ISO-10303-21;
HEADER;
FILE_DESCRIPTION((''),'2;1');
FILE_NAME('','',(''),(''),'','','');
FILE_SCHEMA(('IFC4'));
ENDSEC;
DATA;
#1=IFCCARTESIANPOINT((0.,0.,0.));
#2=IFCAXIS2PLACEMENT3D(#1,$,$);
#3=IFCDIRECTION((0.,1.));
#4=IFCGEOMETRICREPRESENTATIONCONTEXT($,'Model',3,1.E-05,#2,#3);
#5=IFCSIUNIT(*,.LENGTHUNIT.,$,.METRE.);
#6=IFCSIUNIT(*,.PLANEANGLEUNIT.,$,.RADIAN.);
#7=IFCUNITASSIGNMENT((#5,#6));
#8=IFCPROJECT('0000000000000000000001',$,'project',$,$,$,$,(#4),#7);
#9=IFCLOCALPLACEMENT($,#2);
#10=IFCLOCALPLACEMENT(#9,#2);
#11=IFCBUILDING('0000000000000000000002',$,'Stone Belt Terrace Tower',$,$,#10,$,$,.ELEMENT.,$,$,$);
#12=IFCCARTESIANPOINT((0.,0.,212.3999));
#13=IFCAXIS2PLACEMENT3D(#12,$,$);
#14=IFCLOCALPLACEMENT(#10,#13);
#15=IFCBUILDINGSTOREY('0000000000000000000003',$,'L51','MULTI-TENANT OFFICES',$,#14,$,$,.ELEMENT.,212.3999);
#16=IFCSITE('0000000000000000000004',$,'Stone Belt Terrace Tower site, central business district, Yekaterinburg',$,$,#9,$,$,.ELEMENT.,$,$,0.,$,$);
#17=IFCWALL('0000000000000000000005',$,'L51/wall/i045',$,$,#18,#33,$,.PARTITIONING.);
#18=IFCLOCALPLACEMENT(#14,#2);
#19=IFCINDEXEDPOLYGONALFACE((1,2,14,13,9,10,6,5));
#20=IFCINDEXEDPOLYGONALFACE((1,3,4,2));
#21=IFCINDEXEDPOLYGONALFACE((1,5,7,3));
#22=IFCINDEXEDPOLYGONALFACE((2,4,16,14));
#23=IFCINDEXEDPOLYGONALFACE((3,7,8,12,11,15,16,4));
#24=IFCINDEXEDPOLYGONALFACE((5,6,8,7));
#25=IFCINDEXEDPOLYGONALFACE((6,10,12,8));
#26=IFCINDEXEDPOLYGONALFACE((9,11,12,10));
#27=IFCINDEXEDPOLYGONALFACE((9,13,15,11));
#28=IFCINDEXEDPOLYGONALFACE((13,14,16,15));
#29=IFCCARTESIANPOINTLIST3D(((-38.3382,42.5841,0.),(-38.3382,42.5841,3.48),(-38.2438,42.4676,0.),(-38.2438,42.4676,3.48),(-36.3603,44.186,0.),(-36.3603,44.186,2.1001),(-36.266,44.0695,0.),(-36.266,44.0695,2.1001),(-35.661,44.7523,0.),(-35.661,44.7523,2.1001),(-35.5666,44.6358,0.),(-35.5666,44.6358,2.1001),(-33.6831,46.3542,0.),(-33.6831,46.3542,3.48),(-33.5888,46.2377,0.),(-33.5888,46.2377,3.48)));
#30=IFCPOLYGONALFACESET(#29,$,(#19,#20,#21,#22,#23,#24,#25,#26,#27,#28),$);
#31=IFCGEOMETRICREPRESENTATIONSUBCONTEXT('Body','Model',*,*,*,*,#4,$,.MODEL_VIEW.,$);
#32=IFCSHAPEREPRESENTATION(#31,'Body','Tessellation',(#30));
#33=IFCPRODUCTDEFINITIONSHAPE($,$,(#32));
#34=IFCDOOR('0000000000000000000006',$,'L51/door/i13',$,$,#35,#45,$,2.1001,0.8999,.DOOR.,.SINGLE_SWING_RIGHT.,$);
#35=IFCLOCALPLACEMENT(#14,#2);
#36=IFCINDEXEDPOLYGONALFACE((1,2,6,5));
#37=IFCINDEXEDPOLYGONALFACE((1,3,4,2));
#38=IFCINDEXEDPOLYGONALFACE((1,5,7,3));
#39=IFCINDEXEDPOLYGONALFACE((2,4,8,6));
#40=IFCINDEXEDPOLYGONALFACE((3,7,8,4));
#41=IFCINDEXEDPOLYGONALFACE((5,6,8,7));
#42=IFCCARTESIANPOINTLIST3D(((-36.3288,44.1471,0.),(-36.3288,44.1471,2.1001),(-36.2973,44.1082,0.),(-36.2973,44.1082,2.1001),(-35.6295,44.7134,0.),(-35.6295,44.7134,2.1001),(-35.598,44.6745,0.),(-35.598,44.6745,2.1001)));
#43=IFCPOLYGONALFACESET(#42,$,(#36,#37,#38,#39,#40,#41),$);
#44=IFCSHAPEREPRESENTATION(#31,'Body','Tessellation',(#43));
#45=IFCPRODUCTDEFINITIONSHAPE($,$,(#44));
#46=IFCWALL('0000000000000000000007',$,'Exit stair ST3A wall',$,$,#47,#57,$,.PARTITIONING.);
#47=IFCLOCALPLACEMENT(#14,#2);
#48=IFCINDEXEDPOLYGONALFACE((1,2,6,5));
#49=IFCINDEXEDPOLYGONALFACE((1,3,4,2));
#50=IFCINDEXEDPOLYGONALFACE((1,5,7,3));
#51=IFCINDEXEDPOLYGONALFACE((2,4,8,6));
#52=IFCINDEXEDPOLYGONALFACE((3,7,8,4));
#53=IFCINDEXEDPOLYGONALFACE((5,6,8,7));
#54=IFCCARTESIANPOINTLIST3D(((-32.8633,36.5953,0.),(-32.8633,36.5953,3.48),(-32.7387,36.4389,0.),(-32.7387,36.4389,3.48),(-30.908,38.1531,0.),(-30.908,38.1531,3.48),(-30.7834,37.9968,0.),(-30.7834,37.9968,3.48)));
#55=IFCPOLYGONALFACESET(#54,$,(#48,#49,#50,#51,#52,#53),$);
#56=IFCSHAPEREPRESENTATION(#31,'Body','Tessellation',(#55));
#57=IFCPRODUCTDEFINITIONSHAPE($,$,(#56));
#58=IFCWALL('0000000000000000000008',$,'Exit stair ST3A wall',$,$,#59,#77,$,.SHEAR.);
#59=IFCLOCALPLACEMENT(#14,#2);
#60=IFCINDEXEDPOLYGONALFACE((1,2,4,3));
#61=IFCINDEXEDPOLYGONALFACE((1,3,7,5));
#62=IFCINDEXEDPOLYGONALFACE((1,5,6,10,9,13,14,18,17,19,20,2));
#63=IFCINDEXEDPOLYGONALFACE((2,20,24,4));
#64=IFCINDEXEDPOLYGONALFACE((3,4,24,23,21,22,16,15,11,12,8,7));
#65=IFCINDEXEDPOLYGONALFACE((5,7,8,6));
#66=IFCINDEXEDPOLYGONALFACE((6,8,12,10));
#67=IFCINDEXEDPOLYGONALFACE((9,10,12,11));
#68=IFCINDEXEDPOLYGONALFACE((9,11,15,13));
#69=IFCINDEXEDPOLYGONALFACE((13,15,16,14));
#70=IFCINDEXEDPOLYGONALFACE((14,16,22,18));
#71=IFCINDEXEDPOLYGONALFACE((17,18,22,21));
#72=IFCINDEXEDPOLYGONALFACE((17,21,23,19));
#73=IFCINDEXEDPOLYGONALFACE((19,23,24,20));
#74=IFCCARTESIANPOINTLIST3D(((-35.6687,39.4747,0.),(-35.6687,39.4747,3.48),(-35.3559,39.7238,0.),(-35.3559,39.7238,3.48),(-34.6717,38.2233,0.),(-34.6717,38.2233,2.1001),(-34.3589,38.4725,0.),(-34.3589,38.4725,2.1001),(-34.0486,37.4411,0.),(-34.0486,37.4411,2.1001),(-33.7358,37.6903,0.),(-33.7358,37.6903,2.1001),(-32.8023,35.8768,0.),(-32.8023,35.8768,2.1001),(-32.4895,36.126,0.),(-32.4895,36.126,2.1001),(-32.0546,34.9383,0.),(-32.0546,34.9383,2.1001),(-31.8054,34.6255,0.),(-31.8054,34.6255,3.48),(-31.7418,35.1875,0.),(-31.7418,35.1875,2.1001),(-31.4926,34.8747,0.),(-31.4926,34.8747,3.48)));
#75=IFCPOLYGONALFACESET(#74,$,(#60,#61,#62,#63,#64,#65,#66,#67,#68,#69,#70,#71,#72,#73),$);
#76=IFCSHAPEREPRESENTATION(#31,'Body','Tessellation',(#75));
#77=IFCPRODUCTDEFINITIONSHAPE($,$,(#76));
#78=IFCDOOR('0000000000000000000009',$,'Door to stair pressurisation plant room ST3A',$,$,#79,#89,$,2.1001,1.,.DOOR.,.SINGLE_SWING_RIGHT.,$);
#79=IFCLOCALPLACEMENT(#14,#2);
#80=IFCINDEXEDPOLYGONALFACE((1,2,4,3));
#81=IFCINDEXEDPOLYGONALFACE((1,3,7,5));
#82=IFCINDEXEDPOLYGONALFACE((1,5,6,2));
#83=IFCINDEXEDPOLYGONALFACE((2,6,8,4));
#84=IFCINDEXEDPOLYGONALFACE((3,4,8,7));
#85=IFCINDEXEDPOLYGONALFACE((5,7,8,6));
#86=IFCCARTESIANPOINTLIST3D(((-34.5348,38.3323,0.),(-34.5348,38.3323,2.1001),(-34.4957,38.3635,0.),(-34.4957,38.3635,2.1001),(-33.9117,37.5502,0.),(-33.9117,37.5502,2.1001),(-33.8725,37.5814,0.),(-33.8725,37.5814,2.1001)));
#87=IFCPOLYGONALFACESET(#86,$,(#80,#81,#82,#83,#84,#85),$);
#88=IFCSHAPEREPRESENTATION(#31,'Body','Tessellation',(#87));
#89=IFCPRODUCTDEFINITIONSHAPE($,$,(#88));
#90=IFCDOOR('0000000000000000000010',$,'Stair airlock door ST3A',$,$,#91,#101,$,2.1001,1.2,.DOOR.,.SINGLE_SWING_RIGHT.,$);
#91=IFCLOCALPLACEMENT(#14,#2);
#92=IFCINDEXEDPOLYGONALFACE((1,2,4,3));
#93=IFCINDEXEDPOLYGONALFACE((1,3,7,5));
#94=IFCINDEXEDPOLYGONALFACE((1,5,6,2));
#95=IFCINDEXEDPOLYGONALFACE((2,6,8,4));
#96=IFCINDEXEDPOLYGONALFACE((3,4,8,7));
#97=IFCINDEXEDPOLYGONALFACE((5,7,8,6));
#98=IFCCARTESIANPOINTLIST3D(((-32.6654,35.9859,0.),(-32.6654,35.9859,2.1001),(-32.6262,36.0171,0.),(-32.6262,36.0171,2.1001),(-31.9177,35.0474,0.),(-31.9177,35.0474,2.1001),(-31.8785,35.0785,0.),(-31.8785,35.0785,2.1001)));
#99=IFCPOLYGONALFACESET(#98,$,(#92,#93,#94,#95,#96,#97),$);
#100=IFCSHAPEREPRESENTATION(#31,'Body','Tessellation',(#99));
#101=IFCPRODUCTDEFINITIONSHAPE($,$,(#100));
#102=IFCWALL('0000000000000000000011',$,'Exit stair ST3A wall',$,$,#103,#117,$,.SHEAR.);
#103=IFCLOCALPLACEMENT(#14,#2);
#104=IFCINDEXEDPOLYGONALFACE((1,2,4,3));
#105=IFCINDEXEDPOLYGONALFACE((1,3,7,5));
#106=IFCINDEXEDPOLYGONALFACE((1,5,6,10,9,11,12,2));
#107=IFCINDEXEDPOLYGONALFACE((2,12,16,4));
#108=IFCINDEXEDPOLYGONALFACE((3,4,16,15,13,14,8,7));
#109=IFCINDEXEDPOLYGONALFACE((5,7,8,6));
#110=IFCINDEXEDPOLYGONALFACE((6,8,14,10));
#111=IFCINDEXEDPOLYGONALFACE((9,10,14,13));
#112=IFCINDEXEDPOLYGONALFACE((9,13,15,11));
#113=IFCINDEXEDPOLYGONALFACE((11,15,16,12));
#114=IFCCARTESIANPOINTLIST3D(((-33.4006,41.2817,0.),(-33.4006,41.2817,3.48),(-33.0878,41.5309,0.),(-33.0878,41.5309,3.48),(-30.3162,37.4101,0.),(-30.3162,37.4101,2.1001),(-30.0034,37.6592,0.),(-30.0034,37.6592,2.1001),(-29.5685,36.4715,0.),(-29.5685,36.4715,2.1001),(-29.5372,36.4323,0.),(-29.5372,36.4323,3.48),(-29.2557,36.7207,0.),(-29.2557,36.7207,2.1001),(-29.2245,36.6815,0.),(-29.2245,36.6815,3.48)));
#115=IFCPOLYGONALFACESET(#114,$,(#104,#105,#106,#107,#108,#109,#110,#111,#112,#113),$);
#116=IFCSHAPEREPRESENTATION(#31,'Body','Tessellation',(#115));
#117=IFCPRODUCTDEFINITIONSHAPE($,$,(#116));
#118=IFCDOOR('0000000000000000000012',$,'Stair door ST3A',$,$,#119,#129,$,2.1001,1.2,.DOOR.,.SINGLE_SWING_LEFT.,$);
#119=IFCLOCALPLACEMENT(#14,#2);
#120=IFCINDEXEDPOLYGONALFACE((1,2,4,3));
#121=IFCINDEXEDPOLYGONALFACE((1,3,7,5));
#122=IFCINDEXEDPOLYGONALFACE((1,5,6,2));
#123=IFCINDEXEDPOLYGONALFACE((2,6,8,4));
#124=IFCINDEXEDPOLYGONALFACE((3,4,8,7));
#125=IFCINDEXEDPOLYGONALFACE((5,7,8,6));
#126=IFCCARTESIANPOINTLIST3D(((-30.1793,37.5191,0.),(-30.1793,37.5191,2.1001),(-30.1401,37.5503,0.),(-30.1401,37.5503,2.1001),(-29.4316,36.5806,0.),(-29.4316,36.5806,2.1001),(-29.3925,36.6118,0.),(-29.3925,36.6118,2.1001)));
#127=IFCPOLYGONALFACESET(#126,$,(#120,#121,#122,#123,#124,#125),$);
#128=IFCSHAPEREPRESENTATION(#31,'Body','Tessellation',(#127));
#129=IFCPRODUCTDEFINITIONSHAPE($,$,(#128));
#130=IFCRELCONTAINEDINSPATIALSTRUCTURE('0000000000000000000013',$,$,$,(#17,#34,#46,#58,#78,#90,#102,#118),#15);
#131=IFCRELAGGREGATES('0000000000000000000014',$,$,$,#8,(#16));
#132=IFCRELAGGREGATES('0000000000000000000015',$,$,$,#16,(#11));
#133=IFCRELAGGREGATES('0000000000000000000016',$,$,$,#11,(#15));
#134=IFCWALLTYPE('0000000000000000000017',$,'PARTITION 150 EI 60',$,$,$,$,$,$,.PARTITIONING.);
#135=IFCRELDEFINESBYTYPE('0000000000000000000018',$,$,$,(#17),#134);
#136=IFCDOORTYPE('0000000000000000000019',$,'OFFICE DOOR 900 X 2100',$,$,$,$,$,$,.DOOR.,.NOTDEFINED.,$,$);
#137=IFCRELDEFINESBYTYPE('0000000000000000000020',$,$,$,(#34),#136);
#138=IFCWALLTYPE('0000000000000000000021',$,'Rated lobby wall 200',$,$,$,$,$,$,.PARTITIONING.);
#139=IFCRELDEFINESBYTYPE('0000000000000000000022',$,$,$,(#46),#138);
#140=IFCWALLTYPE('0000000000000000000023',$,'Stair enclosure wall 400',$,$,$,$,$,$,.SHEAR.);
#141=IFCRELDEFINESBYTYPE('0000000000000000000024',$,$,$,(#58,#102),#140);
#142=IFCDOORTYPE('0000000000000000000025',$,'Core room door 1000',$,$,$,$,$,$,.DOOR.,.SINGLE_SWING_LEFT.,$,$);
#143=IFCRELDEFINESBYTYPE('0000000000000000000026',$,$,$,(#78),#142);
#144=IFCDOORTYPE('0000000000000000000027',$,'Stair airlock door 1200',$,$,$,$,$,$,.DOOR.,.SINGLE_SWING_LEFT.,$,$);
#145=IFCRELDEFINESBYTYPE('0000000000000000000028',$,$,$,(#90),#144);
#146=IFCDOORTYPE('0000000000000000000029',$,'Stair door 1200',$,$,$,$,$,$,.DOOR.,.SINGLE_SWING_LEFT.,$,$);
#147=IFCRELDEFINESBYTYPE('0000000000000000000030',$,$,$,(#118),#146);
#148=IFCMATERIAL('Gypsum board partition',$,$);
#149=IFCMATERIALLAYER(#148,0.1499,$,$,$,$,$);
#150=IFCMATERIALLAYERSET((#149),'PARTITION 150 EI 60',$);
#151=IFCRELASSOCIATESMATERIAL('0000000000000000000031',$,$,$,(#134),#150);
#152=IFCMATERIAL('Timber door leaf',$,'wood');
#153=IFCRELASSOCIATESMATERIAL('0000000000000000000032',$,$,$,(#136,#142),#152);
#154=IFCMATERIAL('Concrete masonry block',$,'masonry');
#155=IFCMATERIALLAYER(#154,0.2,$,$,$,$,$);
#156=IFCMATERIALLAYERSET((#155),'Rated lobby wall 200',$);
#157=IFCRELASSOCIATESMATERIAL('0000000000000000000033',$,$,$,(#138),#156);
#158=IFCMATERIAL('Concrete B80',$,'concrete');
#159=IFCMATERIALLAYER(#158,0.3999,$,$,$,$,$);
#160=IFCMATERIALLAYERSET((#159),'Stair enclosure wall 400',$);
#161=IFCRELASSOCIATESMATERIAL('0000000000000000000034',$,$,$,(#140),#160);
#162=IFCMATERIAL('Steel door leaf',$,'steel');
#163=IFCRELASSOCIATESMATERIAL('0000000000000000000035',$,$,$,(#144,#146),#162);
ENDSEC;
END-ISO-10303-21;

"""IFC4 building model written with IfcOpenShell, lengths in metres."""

from ifc_helpers import new_model, si_unit, direction, frame, frame_2d, origin, place, context, subcontext, project, spatial, rectangle, extrude, material, layer, layer_set, type_object, element, fill, save


model = new_model("IFC4")

# Units and contexts
model_context = context("Model", 3, precision=1e-05, world=origin(), true_north=direction((0.0, 1.0)))
body_context = subcontext(model_context, "Body", "Model", "MODEL_VIEW")
ifc_project = project(units=[si_unit("LENGTHUNIT", "METRE"), si_unit("PLANEANGLEUNIT", "RADIAN")], contexts=[model_context])

# Site, building, storey
site_placement = place(None, origin())
site = spatial("IfcSite", under=ifc_project, at=site_placement, Name="Stone Belt Terrace Tower site, central business district, Yekaterinburg", CompositionType="ELEMENT", RefElevation=0.0)
building_placement = place(site_placement, origin())
building = spatial("IfcBuilding", under=site, at=building_placement, Name="Stone Belt Terrace Tower", CompositionType="ELEMENT")
storey_placement = place(building_placement, frame((0.0, 0.0, 212.3999)))
storey = spatial("IfcBuildingStorey", under=building, at=storey_placement, Name="L51", Description="MULTI-TENANT OFFICES", CompositionType="ELEMENT", Elevation=212.3999)

# Shared definitions
ifc_material_1 = material(Name="Concrete B80", Category="concrete")

# Shared definitions
ifc_material_2 = material(Name="Gypsum board partition")
ifc_layer_1 = layer(ifc_material_2, 0.1499)
ifc_layer_set_1 = layer_set([ifc_layer_1], Name="PARTITION 150 EI 60")
wall_type_1 = type_object("IfcWallType", Name="PARTITION 150 EI 60", PredefinedType="PARTITIONING", material=ifc_layer_set_1)

# Wall, opening, door
wall_1_placement = place(storey_placement, frame((-38.291, 42.5259, 0.0), z_axis=(0.0, 0.0, 1.0), x_axis=(0.777109, 0.629366, 0.0)))
wall_1 = element("IfcWall", 1, at=wall_1_placement, inside=storey, type_object=wall_type_1, Name="L51/wall/i045", PredefinedType="PARTITIONING", context=body_context, shape_type="SweptSolid", body=[
    extrude(rectangle(XDim=5.9902, YDim=0.1499, at=frame_2d((2.9951, 0.0))), origin(), (0.0, 0.0, 1.0), 3.48),
])
opening_1_placement = place(wall_1_placement, frame((2.5452, 0.0, 0.0)))
opening_1 = element("IfcOpeningElement", 2, at=opening_1_placement, cuts=wall_1, PredefinedType="OPENING", context=body_context, shape_type="SweptSolid", body=[
    extrude(rectangle(XDim=0.8999, YDim=2.1001, at=frame_2d((0.45, 1.05))), frame((0.0, 0.085, 0.0), z_axis=(0.0, -1.0, 0.0), x_axis=(1.0, 0.0, 0.0)), (0.0, 0.0, 1.0), 0.1699),
])
ifc_material_3 = material(Name="Timber door leaf", Category="wood")
door_type_1 = type_object("IfcDoorType", Name="OFFICE DOOR 900 X 2100", OperationType="NOTDEFINED", PredefinedType="DOOR", material=ifc_material_3)
door_1_placement = place(opening_1_placement, origin())
door_1 = element("IfcDoor", 3, at=door_1_placement, inside=storey, type_object=door_type_1, Name="L51/door/i13", OperationType="SINGLE_SWING_RIGHT", OverallHeight=2.1001, OverallWidth=0.8999, PredefinedType="DOOR", context=body_context, shape_type="SweptSolid", body=[
    extrude(rectangle(XDim=0.8999, YDim=2.1001, at=frame_2d((0.45, 1.05))), frame((0.0, 0.0249, 0.0), z_axis=(0.0, -1.0, 0.0), x_axis=(1.0, 0.0, 0.0)), (0.0, 0.0, 1.0), 0.05),
])
fill(opening_1, door_1)

# Wall
ifc_material_4 = material(Name="Concrete masonry block", Category="masonry")
ifc_layer_2 = layer(ifc_material_4, 0.2)
ifc_layer_set_2 = layer_set([ifc_layer_2], Name="Rated lobby wall 200")
wall_type_2 = type_object("IfcWallType", Name="Rated lobby wall 200", PredefinedType="PARTITIONING", material=ifc_layer_set_2)
wall_2_placement = place(storey_placement, frame((-30.8457, 38.075, 0.0), z_axis=(0.0, 0.0, 1.0), x_axis=(-0.782115, -0.623134, 0.0)))
element("IfcWall", 4, at=wall_2_placement, inside=storey, type_object=wall_type_2, Name="Exit stair ST3A wall", PredefinedType="PARTITIONING", context=body_context, shape_type="SweptSolid", body=[
    extrude(rectangle(XDim=2.5, YDim=0.2, at=frame_2d((1.25, 0.0))), origin(), (0.0, 0.0, 1.0), 3.48),
])

# Wall, openings, doors
ifc_layer_3 = layer(ifc_material_1, 0.3999)
ifc_layer_set_3 = layer_set([ifc_layer_3], Name="Stair enclosure wall 400")
wall_type_3 = type_object("IfcWallType", Name="Stair enclosure wall 400", PredefinedType="SHEAR", material=ifc_layer_set_3)
wall_3_placement = place(storey_placement, frame((-31.6489, 34.75, 0.0), z_axis=(0.0, 0.0, 1.0), x_axis=(-0.623119, 0.782127, 0.0)))
wall_3 = element("IfcWall", 5, at=wall_3_placement, inside=storey, type_object=wall_type_3, Name="Exit stair ST3A wall", PredefinedType="SHEAR", context=body_context, shape_type="SweptSolid", body=[
    extrude(rectangle(XDim=6.2, YDim=0.3999, at=frame_2d((3.1001, 0.0))), origin(), (0.0, 0.0, 1.0), 3.48),
])
opening_2_placement = place(wall_3_placement, frame((0.3999, 0.0, 0.0)))
opening_2 = element("IfcOpeningElement", 6, at=opening_2_placement, cuts=wall_3, PredefinedType="OPENING", context=body_context, shape_type="SweptSolid", body=[
    extrude(rectangle(XDim=1.2, YDim=2.1001, at=frame_2d((0.6001, 1.05))), frame((0.0, 0.21, 0.0), z_axis=(0.0, -1.0, 0.0), x_axis=(1.0, 0.0, 0.0)), (0.0, 0.0, 1.0), 0.4199),
])
opening_3_placement = place(wall_3_placement, frame((3.6001, 0.0, 0.0)))
opening_3 = element("IfcOpeningElement", 7, at=opening_3_placement, cuts=wall_3, PredefinedType="OPENING", context=body_context, shape_type="SweptSolid", body=[
    extrude(rectangle(XDim=1.0, YDim=2.1001, at=frame_2d((0.5, 1.05))), frame((0.0, 0.21, 0.0), z_axis=(0.0, -1.0, 0.0), x_axis=(1.0, 0.0, 0.0)), (0.0, 0.0, 1.0), 0.4199),
])
door_type_2 = type_object("IfcDoorType", Name="Core room door 1000", OperationType="SINGLE_SWING_LEFT", PredefinedType="DOOR", material=ifc_material_3)
door_2_placement = place(opening_3_placement, origin())
door_2 = element("IfcDoor", 8, at=door_2_placement, inside=storey, type_object=door_type_2, Name="Door to stair pressurisation plant room ST3A", OperationType="SINGLE_SWING_RIGHT", OverallHeight=2.1001, OverallWidth=1.0, PredefinedType="DOOR", context=body_context, shape_type="SweptSolid", body=[
    extrude(rectangle(XDim=1.0, YDim=2.1001, at=frame_2d((0.5, 1.05))), frame((0.0, 0.0249, 0.0), z_axis=(0.0, -1.0, 0.0), x_axis=(1.0, 0.0, 0.0)), (0.0, 0.0, 1.0), 0.05),
])
fill(opening_3, door_2)
ifc_material_5 = material(Name="Steel door leaf", Category="steel")
door_type_3 = type_object("IfcDoorType", Name="Stair airlock door 1200", OperationType="SINGLE_SWING_LEFT", PredefinedType="DOOR", material=ifc_material_5)
door_3_placement = place(opening_2_placement, origin())
door_3 = element("IfcDoor", 9, at=door_3_placement, inside=storey, type_object=door_type_3, Name="Stair airlock door ST3A", OperationType="SINGLE_SWING_RIGHT", OverallHeight=2.1001, OverallWidth=1.2, PredefinedType="DOOR", context=body_context, shape_type="SweptSolid", body=[
    extrude(rectangle(XDim=1.2, YDim=2.1001, at=frame_2d((0.6001, 1.05))), frame((0.0, 0.0249, 0.0), z_axis=(0.0, -1.0, 0.0), x_axis=(1.0, 0.0, 0.0)), (0.0, 0.0, 1.0), 0.05),
])
fill(opening_2, door_3)

# Wall, opening, door
wall_4_placement = place(storey_placement, frame((-29.3809, 36.5569, 0.0), z_axis=(0.0, 0.0, 1.0), x_axis=(-0.623099, 0.782143, 0.0)))
wall_4 = element("IfcWall", 10, at=wall_4_placement, inside=storey, type_object=wall_type_3, Name="Exit stair ST3A wall", PredefinedType="SHEAR", context=body_context, shape_type="SweptSolid", body=[
    extrude(rectangle(XDim=6.2002, YDim=0.3999, at=frame_2d((3.1001, 0.0))), origin(), (0.0, 0.0, 1.0), 3.48),
])
opening_4_placement = place(wall_4_placement, frame((0.05, 0.0, 0.0)))
opening_4 = element("IfcOpeningElement", 11, at=opening_4_placement, cuts=wall_4, PredefinedType="OPENING", context=body_context, shape_type="SweptSolid", body=[
    extrude(rectangle(XDim=1.2, YDim=2.1001, at=frame_2d((0.6001, 1.05))), frame((0.0, 0.21, 0.0), z_axis=(0.0, -1.0, 0.0), x_axis=(1.0, 0.0, 0.0)), (0.0, 0.0, 1.0), 0.4199),
])
door_type_4 = type_object("IfcDoorType", Name="Stair door 1200", OperationType="SINGLE_SWING_LEFT", PredefinedType="DOOR", material=ifc_material_5)
door_4_placement = place(opening_4_placement, origin())
door_4 = element("IfcDoor", 12, at=door_4_placement, inside=storey, type_object=door_type_4, Name="Stair door ST3A", OperationType="SINGLE_SWING_LEFT", OverallHeight=2.1001, OverallWidth=1.2, PredefinedType="DOOR", context=body_context, shape_type="SweptSolid", body=[
    extrude(rectangle(XDim=1.2, YDim=2.1001, at=frame_2d((0.6001, 1.05))), frame((0.0, 0.0249, 0.0), z_axis=(0.0, -1.0, 0.0), x_axis=(1.0, 0.0, 0.0)), (0.0, 0.0, 1.0), 0.05),
])
fill(opening_4, door_4)

save(model, "model.ifc")
